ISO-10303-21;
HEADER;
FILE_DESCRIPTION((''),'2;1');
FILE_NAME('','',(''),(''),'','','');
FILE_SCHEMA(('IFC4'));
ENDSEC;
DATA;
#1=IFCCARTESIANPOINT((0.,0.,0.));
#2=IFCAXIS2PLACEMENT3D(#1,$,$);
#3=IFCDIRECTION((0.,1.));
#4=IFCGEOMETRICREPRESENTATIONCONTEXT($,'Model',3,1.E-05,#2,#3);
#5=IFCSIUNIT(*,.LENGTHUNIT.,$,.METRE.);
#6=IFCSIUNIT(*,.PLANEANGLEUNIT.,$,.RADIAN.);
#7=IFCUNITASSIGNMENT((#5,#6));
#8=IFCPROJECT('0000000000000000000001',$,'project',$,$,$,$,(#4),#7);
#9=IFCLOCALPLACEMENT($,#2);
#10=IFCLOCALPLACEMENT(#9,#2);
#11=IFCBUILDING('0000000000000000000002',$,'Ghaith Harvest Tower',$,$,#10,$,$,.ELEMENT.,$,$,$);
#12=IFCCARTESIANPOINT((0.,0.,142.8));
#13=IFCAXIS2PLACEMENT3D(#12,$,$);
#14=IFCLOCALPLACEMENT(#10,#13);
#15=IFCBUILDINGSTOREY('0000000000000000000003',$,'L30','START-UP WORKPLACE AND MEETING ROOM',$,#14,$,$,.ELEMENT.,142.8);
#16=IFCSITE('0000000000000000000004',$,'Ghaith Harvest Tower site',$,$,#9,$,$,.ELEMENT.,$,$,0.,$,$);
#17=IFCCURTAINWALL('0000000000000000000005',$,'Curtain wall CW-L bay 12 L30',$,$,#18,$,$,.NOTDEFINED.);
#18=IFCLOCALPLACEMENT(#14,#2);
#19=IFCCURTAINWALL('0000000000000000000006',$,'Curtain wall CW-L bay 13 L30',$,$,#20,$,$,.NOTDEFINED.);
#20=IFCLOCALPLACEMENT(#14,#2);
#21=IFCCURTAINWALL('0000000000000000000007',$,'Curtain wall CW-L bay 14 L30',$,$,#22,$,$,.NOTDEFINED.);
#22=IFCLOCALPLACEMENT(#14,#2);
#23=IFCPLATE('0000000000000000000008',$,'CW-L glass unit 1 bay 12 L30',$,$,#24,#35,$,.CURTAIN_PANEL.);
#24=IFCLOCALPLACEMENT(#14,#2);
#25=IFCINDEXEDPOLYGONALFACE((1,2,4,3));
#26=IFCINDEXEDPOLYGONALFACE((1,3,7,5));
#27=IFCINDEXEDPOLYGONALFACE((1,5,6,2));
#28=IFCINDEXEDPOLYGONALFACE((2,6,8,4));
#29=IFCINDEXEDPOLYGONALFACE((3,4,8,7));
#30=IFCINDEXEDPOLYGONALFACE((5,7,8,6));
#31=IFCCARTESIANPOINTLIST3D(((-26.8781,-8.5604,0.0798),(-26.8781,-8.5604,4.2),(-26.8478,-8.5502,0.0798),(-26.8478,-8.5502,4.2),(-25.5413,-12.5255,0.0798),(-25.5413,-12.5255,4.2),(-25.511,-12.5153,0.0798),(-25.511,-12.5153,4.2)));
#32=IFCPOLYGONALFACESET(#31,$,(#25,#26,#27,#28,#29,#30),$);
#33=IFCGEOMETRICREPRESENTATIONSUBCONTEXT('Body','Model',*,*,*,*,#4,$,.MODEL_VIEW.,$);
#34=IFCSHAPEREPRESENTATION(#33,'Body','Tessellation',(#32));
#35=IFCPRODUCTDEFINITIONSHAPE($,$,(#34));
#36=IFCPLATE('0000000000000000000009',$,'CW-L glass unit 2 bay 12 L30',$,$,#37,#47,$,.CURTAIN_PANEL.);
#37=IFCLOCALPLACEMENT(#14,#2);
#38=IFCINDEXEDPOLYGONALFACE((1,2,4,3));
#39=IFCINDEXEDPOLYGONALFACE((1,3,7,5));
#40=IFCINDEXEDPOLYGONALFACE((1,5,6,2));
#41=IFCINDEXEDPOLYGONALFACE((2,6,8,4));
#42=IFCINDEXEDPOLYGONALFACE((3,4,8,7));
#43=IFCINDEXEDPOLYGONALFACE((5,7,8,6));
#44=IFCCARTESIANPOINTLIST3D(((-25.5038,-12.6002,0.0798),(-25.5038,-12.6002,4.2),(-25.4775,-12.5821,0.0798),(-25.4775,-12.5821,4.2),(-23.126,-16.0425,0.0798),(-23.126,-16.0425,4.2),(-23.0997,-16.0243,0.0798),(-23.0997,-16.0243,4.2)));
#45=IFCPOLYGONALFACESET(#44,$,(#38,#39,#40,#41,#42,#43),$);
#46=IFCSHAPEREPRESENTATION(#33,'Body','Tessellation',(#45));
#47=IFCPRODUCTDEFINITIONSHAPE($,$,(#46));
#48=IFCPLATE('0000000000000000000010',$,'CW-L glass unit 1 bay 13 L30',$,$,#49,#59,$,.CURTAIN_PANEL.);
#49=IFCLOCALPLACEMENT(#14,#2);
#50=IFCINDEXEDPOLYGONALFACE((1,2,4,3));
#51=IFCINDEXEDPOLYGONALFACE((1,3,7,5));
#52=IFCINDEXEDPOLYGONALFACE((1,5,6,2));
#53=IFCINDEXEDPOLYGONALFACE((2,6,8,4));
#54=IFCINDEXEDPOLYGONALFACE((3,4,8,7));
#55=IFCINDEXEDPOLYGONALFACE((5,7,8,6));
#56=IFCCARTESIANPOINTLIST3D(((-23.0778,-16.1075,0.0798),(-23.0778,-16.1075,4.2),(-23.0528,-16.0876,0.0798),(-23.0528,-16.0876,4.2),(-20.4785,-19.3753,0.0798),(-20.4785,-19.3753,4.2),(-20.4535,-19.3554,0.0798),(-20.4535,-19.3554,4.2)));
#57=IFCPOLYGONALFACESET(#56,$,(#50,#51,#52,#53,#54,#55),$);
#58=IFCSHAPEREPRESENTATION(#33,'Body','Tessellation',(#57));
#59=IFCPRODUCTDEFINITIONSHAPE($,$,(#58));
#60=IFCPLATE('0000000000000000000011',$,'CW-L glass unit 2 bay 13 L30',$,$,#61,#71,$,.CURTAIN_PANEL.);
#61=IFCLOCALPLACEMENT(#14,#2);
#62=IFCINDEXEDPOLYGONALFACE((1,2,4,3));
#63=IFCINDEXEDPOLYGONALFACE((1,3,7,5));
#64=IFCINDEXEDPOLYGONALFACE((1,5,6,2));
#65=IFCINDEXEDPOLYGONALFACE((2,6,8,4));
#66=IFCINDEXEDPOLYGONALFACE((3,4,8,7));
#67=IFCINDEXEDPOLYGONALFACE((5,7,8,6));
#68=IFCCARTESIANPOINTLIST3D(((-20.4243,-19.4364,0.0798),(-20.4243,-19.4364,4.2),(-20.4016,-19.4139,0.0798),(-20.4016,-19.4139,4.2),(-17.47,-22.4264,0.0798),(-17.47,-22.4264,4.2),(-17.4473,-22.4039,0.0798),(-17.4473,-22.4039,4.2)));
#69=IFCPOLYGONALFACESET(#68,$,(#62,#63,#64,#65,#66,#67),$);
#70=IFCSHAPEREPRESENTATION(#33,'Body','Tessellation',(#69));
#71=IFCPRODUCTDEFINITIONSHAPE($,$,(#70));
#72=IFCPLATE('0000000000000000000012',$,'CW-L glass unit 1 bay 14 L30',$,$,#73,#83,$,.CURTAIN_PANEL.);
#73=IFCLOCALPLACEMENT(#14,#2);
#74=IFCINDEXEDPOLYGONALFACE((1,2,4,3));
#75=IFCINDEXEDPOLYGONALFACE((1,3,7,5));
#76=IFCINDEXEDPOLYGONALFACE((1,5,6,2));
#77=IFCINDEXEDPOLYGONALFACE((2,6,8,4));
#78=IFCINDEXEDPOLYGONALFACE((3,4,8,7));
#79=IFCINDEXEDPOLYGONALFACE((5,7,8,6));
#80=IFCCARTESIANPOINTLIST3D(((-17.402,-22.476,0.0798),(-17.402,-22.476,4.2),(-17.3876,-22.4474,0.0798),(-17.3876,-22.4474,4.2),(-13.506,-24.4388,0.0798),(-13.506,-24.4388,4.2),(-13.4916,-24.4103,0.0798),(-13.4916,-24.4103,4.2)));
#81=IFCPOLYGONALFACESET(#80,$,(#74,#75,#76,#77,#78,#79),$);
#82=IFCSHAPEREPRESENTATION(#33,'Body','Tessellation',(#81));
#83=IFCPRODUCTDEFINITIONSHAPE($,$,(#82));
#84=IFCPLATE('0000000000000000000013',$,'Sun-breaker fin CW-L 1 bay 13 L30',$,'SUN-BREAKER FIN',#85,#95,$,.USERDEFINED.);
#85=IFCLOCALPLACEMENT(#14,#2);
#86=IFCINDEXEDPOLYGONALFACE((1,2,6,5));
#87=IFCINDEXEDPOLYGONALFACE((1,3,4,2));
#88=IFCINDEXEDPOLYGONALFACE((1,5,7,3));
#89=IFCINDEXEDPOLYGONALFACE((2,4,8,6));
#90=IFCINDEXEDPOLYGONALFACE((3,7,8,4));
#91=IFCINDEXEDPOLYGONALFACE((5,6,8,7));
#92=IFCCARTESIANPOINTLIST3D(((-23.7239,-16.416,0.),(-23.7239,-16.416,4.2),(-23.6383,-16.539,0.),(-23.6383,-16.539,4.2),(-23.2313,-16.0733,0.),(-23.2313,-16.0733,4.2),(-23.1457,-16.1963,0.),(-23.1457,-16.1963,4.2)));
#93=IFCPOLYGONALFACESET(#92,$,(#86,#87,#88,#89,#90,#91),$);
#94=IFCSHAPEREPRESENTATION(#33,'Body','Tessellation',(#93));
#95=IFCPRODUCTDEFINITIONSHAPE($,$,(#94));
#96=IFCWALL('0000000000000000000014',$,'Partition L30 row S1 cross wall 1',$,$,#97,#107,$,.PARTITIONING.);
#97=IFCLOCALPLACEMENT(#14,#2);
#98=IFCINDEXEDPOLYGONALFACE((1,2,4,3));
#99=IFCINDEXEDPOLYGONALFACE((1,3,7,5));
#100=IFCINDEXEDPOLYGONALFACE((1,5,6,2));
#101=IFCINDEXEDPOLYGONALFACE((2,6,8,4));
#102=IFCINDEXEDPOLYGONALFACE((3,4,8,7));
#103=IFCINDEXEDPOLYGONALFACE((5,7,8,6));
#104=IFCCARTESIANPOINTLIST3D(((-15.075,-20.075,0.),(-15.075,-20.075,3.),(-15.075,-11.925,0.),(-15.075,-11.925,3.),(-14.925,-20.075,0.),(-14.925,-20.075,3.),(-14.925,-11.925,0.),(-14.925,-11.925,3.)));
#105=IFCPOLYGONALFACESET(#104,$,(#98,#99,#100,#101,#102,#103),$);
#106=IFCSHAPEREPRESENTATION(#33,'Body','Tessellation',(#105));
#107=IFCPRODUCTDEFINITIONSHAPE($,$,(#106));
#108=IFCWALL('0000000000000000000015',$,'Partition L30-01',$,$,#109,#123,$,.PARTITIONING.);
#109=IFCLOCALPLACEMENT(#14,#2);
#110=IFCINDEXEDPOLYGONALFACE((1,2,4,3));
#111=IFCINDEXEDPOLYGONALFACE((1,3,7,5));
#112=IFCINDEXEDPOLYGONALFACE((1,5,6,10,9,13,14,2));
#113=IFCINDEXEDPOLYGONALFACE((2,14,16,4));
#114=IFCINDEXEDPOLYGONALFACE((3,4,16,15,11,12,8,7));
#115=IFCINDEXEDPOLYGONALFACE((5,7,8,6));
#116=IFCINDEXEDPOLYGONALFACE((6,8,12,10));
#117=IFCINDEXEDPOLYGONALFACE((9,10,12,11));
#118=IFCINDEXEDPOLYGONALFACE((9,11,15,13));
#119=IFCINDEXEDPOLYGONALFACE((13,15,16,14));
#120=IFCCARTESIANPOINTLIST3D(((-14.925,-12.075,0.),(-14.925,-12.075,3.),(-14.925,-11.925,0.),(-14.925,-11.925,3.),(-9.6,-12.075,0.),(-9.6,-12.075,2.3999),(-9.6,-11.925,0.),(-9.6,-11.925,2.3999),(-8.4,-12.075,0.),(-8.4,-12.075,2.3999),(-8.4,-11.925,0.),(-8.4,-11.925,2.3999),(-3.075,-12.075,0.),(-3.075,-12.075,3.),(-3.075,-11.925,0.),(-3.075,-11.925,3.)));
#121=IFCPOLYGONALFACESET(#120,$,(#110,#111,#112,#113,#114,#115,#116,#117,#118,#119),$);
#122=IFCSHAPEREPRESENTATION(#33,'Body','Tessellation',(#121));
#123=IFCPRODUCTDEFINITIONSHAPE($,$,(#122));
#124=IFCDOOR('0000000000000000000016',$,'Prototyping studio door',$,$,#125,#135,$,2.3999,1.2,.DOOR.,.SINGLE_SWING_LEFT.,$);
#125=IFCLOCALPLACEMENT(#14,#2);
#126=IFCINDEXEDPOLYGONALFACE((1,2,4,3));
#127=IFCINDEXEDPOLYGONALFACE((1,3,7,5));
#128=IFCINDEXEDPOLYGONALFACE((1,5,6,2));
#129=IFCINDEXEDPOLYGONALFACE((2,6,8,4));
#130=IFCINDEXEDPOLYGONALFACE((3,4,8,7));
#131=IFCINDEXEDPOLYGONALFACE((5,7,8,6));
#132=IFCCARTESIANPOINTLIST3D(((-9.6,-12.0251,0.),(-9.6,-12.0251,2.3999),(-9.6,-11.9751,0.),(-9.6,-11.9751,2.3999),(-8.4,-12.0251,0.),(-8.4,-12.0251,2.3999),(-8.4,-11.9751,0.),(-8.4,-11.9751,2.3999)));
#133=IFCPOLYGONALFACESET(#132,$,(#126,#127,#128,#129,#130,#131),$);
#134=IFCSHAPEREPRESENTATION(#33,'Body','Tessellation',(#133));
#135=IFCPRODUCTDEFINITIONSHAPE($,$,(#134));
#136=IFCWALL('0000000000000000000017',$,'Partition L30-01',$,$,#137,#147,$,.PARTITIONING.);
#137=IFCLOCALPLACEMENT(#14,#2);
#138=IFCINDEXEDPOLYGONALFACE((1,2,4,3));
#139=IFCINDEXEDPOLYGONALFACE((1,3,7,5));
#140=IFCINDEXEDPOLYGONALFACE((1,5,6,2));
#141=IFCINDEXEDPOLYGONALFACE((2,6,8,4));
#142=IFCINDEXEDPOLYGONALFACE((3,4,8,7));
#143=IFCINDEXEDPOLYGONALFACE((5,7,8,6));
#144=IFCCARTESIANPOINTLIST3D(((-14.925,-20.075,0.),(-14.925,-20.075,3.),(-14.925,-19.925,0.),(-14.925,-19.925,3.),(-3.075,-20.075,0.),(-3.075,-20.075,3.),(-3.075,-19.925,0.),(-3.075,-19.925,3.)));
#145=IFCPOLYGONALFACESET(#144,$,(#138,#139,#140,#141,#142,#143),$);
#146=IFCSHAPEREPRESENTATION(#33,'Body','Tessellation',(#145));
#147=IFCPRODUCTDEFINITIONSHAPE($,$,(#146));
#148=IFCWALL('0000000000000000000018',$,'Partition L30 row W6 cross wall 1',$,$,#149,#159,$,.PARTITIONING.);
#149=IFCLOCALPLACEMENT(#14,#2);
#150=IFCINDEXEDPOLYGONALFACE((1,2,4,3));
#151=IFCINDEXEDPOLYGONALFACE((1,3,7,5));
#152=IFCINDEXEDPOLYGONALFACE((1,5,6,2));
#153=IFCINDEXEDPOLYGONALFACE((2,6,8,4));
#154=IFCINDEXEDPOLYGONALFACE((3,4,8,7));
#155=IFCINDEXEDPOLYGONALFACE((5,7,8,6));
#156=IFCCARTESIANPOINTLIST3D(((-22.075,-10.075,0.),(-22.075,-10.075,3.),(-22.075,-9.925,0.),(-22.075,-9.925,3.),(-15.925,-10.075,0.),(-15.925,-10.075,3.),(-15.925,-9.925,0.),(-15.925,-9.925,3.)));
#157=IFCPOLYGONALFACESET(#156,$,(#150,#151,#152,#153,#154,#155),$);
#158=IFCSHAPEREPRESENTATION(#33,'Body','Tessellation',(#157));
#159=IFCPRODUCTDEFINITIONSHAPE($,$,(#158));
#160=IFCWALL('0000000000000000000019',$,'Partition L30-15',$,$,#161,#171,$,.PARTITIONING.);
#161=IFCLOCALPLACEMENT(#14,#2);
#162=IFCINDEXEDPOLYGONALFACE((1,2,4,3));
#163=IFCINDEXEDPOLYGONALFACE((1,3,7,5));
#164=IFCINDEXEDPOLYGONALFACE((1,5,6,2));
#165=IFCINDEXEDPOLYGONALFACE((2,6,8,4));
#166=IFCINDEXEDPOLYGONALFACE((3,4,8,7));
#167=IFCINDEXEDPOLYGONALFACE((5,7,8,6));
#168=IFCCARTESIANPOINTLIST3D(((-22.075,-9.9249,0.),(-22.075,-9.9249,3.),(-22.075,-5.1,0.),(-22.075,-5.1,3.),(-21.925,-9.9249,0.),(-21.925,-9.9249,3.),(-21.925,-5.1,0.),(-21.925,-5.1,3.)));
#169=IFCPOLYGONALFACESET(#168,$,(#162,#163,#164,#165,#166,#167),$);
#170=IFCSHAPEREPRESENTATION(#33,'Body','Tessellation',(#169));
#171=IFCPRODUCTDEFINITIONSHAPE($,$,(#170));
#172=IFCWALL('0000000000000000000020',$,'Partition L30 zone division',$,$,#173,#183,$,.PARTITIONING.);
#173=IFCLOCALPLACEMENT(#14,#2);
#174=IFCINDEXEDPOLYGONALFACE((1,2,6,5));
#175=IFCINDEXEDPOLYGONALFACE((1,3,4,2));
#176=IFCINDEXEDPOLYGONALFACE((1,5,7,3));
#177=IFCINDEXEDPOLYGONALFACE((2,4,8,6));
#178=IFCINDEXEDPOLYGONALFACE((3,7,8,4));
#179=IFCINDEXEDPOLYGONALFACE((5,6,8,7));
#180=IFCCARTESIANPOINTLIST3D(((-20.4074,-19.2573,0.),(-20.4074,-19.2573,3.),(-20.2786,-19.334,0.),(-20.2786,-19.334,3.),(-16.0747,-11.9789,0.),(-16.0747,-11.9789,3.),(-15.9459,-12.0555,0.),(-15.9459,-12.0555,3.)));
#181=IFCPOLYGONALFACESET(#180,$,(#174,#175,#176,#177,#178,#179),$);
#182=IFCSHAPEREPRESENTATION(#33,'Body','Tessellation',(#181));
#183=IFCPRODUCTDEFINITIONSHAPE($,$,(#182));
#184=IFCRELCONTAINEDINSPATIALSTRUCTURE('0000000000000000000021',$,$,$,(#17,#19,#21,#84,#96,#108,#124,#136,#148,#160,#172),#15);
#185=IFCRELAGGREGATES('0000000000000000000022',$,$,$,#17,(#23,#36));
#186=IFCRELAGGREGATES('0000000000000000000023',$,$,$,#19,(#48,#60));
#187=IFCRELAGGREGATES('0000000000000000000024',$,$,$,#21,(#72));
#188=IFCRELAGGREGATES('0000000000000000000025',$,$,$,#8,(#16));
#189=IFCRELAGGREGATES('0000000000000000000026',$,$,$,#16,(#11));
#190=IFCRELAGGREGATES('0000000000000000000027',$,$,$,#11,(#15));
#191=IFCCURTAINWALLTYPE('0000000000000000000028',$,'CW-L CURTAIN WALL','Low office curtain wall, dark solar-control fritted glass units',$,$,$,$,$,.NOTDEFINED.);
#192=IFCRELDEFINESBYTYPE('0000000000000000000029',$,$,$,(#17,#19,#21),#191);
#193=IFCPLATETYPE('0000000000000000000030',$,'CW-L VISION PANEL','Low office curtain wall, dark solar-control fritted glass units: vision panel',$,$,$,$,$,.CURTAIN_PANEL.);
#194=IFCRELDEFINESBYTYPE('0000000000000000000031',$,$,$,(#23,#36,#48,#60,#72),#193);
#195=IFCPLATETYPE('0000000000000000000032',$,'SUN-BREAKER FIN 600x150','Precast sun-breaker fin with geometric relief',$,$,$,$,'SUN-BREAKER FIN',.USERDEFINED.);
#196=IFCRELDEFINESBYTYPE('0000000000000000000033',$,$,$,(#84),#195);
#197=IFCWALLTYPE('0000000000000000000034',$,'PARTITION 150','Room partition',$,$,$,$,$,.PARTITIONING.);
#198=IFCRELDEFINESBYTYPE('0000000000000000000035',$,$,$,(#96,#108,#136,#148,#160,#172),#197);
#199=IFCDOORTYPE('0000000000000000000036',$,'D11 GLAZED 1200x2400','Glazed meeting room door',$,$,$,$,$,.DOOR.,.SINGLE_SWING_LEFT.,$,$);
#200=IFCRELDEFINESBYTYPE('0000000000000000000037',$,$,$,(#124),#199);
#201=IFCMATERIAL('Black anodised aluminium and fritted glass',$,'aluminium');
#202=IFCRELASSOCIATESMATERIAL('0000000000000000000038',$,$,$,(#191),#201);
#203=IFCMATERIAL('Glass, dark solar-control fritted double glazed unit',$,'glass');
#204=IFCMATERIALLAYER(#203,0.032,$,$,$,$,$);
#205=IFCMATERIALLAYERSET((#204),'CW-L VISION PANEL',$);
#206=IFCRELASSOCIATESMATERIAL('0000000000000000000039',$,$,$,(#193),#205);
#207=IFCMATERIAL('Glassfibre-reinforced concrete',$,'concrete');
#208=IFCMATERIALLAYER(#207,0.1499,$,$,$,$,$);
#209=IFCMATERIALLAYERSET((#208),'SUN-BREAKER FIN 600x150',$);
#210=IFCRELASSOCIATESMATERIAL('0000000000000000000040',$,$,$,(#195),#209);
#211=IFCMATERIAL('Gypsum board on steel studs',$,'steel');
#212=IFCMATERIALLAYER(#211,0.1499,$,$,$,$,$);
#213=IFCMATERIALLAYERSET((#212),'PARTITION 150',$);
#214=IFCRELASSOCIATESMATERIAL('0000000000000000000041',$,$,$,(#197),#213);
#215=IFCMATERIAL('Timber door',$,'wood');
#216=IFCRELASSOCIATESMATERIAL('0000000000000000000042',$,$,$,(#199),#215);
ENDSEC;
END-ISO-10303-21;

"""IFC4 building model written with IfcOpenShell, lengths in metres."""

from ifc_helpers import new_model, si_unit, direction, frame, frame_2d, origin, origin_2d, place, context, subcontext, project, spatial, rectangle, extrude, material, layer, layer_set, type_object, element, fill, aggregate, save


model = new_model("IFC4")

# Units and contexts
model_context = context("Model", 3, precision=1e-05, world=origin(), true_north=direction((0.0, 1.0)))
body_context = subcontext(model_context, "Body", "Model", "MODEL_VIEW")
ifc_project = project(units=[si_unit("LENGTHUNIT", "METRE"), si_unit("PLANEANGLEUNIT", "RADIAN")], contexts=[model_context])

# Site, building, storey
site_placement = place(None, origin())
site = spatial("IfcSite", under=ifc_project, at=site_placement, Name="Ghaith Harvest Tower site", CompositionType="ELEMENT", RefElevation=0.0)
building_placement = place(site_placement, origin())
building = spatial("IfcBuilding", under=site, at=building_placement, Name="Ghaith Harvest Tower", CompositionType="ELEMENT")
storey_placement = place(building_placement, frame((0.0, 0.0, 142.8)))
storey = spatial("IfcBuildingStorey", under=building, at=storey_placement, Name="L30", Description="START-UP WORKPLACE AND MEETING ROOM", CompositionType="ELEMENT", Elevation=142.8)

# Curtain wall
ifc_material_1 = material(Name="Black anodised aluminium and fritted glass", Category="aluminium")
curtain_wall_type = type_object("IfcCurtainWallType", Name="CW-L CURTAIN WALL", Description="Low office curtain wall, dark solar-control fritted glass units", PredefinedType="NOTDEFINED", material=ifc_material_1)
curtain_wall_1_placement = place(storey_placement, origin())
curtain_wall_1 = element("IfcCurtainWall", 1, at=curtain_wall_1_placement, inside=storey, type_object=curtain_wall_type, Name="Curtain wall CW-L bay 12 L30", PredefinedType="NOTDEFINED")

# Curtain wall
curtain_wall_2_placement = place(storey_placement, origin())
curtain_wall_2 = element("IfcCurtainWall", 2, at=curtain_wall_2_placement, inside=storey, type_object=curtain_wall_type, Name="Curtain wall CW-L bay 13 L30", PredefinedType="NOTDEFINED")

# Curtain wall
curtain_wall_3_placement = place(storey_placement, origin())
curtain_wall_3 = element("IfcCurtainWall", 3, at=curtain_wall_3_placement, inside=storey, type_object=curtain_wall_type, Name="Curtain wall CW-L bay 14 L30", PredefinedType="NOTDEFINED")

# Plates
ifc_material_2 = material(Name="Glass, dark solar-control fritted double glazed unit", Category="glass")
ifc_layer_1 = layer(ifc_material_2, 0.032)
ifc_layer_set_1 = layer_set([ifc_layer_1], Name="CW-L VISION PANEL")
plate_type_1 = type_object("IfcPlateType", Name="CW-L VISION PANEL", Description="Low office curtain wall, dark solar-control fritted glass units: vision panel", PredefinedType="CURTAIN_PANEL", material=ifc_layer_set_1)
plate_1_placement = place(storey_placement, frame((-26.1946, -10.5378, 0.0798), z_axis=(0.0, 0.0, 1.0), x_axis=(0.319477, -0.947594, 0.0)))
plate_1 = element("IfcPlate", 4, at=plate_1_placement, type_object=plate_type_1, Name="CW-L glass unit 1 bay 12 L30", PredefinedType="CURTAIN_PANEL", context=body_context, shape_type="SweptSolid", body=[
    extrude(rectangle(XDim=4.1843, YDim=0.032, at=origin_2d()), origin(), (0.0, 0.0, 1.0), 4.1201),
])
plate_2_placement = place(storey_placement, frame((-24.3018, -14.3123, 0.0798), z_axis=(0.0, 0.0, 1.0), x_axis=(0.568348, -0.822788, 0.0)))
plate_2 = element("IfcPlate", 5, at=plate_2_placement, type_object=plate_type_1, Name="CW-L glass unit 2 bay 12 L30", PredefinedType="CURTAIN_PANEL", context=body_context, shape_type="SweptSolid", body=[
    extrude(rectangle(XDim=4.1836, YDim=0.032, at=origin_2d()), origin(), (0.0, 0.0, 1.0), 4.1201),
])
aggregate(curtain_wall_1, [plate_1, plate_2])
plate_3_placement = place(storey_placement, frame((-21.7656, -17.7314, 0.0798), z_axis=(0.0, 0.0, 1.0), x_axis=(0.622507, -0.782614, 0.0)))
plate_3 = element("IfcPlate", 6, at=plate_3_placement, type_object=plate_type_1, Name="CW-L glass unit 1 bay 13 L30", PredefinedType="CURTAIN_PANEL", context=body_context, shape_type="SweptSolid", body=[
    extrude(rectangle(XDim=4.1755, YDim=0.032, at=origin_2d()), origin(), (0.0, 0.0, 1.0), 4.1201),
])
plate_4_placement = place(storey_placement, frame((-18.9358, -20.9202, 0.0798), z_axis=(0.0, 0.0, 1.0), x_axis=(0.702843, -0.711345, 0.0)))
plate_4 = element("IfcPlate", 7, at=plate_4_placement, type_object=plate_type_1, Name="CW-L glass unit 2 bay 13 L30", PredefinedType="CURTAIN_PANEL", context=body_context, shape_type="SweptSolid", body=[
    extrude(rectangle(XDim=4.2034, YDim=0.032, at=origin_2d()), origin(), (0.0, 0.0, 1.0), 4.1201),
])
aggregate(curtain_wall_2, [plate_3, plate_4])
plate_5_placement = place(storey_placement, frame((-15.4468, -23.4431, 0.0798), z_axis=(0.0, 0.0, 1.0), x_axis=(0.893062, -0.449933, 0.0)))
plate_5 = element("IfcPlate", 8, at=plate_5_placement, type_object=plate_type_1, Name="CW-L glass unit 1 bay 14 L30", PredefinedType="CURTAIN_PANEL", context=body_context, shape_type="SweptSolid", body=[
    extrude(rectangle(XDim=4.3625, YDim=0.032, at=origin_2d()), origin(), (0.0, 0.0, 1.0), 4.1201),
])
aggregate(curtain_wall_3, [plate_5])
ifc_material_3 = material(Name="Glassfibre-reinforced concrete", Category="concrete")
ifc_layer_2 = layer(ifc_material_3, 0.1499)
ifc_layer_set_2 = layer_set([ifc_layer_2], Name="SUN-BREAKER FIN 600x150")
plate_type_2 = type_object("IfcPlateType", Name="SUN-BREAKER FIN 600x150", Description="Precast sun-breaker fin with geometric relief", ElementType="SUN-BREAKER FIN", PredefinedType="USERDEFINED", material=ifc_layer_set_2)
plate_6_placement = place(storey_placement, frame((-23.4348, -16.3062, 0.0), z_axis=(0.0, 0.0, 1.0), x_axis=(-0.820845, -0.57115, 0.0)))
element("IfcPlate", 9, at=plate_6_placement, inside=storey, type_object=plate_type_2, Name="Sun-breaker fin CW-L 1 bay 13 L30", ObjectType="SUN-BREAKER FIN", PredefinedType="USERDEFINED", context=body_context, shape_type="SweptSolid", body=[
    extrude(rectangle(XDim=0.6001, YDim=0.1499, at=origin_2d()), origin(), (0.0, 0.0, 1.0), 4.2),
])

# Wall
ifc_material_4 = material(Name="Gypsum board on steel studs", Category="steel")
ifc_layer_3 = layer(ifc_material_4, 0.1499)
ifc_layer_set_3 = layer_set([ifc_layer_3], Name="PARTITION 150")
wall_type = type_object("IfcWallType", Name="PARTITION 150", Description="Room partition", PredefinedType="PARTITIONING", material=ifc_layer_set_3)
wall_1_placement = place(storey_placement, frame((-15.0, -11.925, 0.0), z_axis=(0.0, 0.0, 1.0), x_axis=(0.0, -1.0, 0.0)))
element("IfcWall", 10, at=wall_1_placement, inside=storey, type_object=wall_type, Name="Partition L30 row S1 cross wall 1", PredefinedType="PARTITIONING", context=body_context, shape_type="SweptSolid", body=[
    extrude(rectangle(XDim=8.1499, YDim=0.1499, at=frame_2d((4.075, 0.0))), origin(), (0.0, 0.0, 1.0), 3.0),
])

# Wall, opening, door
wall_2_placement = place(storey_placement, frame((-14.925, -12.0, 0.0), z_axis=(0.0, 0.0, 1.0), x_axis=(1.0, 0.0, 0.0)))
wall_2 = element("IfcWall", 11, at=wall_2_placement, inside=storey, type_object=wall_type, Name="Partition L30-01", PredefinedType="PARTITIONING", context=body_context, shape_type="SweptSolid", body=[
    extrude(rectangle(XDim=11.8501, YDim=0.1499, at=frame_2d((5.925, 0.0))), origin(), (0.0, 0.0, 1.0), 3.0),
])
opening_placement = place(wall_2_placement, frame((5.325, 0.0, 0.0)))
opening = element("IfcOpeningElement", 12, at=opening_placement, cuts=wall_2, PredefinedType="OPENING", context=body_context, shape_type="SweptSolid", body=[
    extrude(rectangle(XDim=1.2, YDim=2.3999, at=frame_2d((0.6001, 1.2))), frame((0.0, 0.085, 0.0), z_axis=(0.0, -1.0, 0.0), x_axis=(1.0, 0.0, 0.0)), (0.0, 0.0, 1.0), 0.1699),
])
ifc_material_5 = material(Name="Timber door", Category="wood")
door_type = type_object("IfcDoorType", Name="D11 GLAZED 1200x2400", Description="Glazed meeting room door", OperationType="SINGLE_SWING_LEFT", PredefinedType="DOOR", material=ifc_material_5)
door_placement = place(opening_placement, origin())
door = element("IfcDoor", 13, at=door_placement, inside=storey, type_object=door_type, Name="Prototyping studio door", OperationType="SINGLE_SWING_LEFT", OverallHeight=2.3999, OverallWidth=1.2, PredefinedType="DOOR", context=body_context, shape_type="SweptSolid", body=[
    extrude(rectangle(XDim=1.2, YDim=2.3999, at=frame_2d((0.6001, 1.2))), frame((0.0, 0.0249, 0.0), z_axis=(0.0, -1.0, 0.0), x_axis=(1.0, 0.0, 0.0)), (0.0, 0.0, 1.0), 0.05),
])
fill(opening, door)

# Walls
wall_3_placement = place(storey_placement, frame((-14.925, -20.0, 0.0), z_axis=(0.0, 0.0, 1.0), x_axis=(1.0, 0.0, 0.0)))
element("IfcWall", 14, at=wall_3_placement, inside=storey, type_object=wall_type, Name="Partition L30-01", PredefinedType="PARTITIONING", context=body_context, shape_type="SweptSolid", body=[
    extrude(rectangle(XDim=11.8501, YDim=0.1499, at=frame_2d((5.925, 0.0))), origin(), (0.0, 0.0, 1.0), 3.0),
])
wall_4_placement = place(storey_placement, frame((-15.925, -10.0, 0.0), z_axis=(0.0, 0.0, 1.0), x_axis=(-1.0, 0.0, 0.0)))
element("IfcWall", 15, at=wall_4_placement, inside=storey, type_object=wall_type, Name="Partition L30 row W6 cross wall 1", PredefinedType="PARTITIONING", context=body_context, shape_type="SweptSolid", body=[
    extrude(rectangle(XDim=6.1499, YDim=0.1499, at=frame_2d((3.075, 0.0))), origin(), (0.0, 0.0, 1.0), 3.0),
])
wall_5_placement = place(storey_placement, frame((-22.0, -9.925, 0.0), z_axis=(0.0, 0.0, 1.0), x_axis=(0.0, 1.0, 0.0)))
element("IfcWall", 16, at=wall_5_placement, inside=storey, type_object=wall_type, Name="Partition L30-15", PredefinedType="PARTITIONING", context=body_context, shape_type="SweptSolid", body=[
    extrude(rectangle(XDim=4.825, YDim=0.1499, at=frame_2d((2.4126, 0.0))), origin(), (0.0, 0.0, 1.0), 3.0),
])
wall_6_placement = place(storey_placement, frame((-16.0103, -12.0171, 0.0), z_axis=(0.0, 0.0, 1.0), x_axis=(-0.511509, -0.859278, 0.0)))
element("IfcWall", 17, at=wall_6_placement, inside=storey, type_object=wall_type, Name="Partition L30 zone division", PredefinedType="PARTITIONING", context=body_context, shape_type="SweptSolid", body=[
    extrude(rectangle(XDim=8.4705, YDim=0.1499, at=frame_2d((4.2354, 0.0))), origin(), (0.0, 0.0, 1.0), 3.0),
])

save(model, "model.ifc")
